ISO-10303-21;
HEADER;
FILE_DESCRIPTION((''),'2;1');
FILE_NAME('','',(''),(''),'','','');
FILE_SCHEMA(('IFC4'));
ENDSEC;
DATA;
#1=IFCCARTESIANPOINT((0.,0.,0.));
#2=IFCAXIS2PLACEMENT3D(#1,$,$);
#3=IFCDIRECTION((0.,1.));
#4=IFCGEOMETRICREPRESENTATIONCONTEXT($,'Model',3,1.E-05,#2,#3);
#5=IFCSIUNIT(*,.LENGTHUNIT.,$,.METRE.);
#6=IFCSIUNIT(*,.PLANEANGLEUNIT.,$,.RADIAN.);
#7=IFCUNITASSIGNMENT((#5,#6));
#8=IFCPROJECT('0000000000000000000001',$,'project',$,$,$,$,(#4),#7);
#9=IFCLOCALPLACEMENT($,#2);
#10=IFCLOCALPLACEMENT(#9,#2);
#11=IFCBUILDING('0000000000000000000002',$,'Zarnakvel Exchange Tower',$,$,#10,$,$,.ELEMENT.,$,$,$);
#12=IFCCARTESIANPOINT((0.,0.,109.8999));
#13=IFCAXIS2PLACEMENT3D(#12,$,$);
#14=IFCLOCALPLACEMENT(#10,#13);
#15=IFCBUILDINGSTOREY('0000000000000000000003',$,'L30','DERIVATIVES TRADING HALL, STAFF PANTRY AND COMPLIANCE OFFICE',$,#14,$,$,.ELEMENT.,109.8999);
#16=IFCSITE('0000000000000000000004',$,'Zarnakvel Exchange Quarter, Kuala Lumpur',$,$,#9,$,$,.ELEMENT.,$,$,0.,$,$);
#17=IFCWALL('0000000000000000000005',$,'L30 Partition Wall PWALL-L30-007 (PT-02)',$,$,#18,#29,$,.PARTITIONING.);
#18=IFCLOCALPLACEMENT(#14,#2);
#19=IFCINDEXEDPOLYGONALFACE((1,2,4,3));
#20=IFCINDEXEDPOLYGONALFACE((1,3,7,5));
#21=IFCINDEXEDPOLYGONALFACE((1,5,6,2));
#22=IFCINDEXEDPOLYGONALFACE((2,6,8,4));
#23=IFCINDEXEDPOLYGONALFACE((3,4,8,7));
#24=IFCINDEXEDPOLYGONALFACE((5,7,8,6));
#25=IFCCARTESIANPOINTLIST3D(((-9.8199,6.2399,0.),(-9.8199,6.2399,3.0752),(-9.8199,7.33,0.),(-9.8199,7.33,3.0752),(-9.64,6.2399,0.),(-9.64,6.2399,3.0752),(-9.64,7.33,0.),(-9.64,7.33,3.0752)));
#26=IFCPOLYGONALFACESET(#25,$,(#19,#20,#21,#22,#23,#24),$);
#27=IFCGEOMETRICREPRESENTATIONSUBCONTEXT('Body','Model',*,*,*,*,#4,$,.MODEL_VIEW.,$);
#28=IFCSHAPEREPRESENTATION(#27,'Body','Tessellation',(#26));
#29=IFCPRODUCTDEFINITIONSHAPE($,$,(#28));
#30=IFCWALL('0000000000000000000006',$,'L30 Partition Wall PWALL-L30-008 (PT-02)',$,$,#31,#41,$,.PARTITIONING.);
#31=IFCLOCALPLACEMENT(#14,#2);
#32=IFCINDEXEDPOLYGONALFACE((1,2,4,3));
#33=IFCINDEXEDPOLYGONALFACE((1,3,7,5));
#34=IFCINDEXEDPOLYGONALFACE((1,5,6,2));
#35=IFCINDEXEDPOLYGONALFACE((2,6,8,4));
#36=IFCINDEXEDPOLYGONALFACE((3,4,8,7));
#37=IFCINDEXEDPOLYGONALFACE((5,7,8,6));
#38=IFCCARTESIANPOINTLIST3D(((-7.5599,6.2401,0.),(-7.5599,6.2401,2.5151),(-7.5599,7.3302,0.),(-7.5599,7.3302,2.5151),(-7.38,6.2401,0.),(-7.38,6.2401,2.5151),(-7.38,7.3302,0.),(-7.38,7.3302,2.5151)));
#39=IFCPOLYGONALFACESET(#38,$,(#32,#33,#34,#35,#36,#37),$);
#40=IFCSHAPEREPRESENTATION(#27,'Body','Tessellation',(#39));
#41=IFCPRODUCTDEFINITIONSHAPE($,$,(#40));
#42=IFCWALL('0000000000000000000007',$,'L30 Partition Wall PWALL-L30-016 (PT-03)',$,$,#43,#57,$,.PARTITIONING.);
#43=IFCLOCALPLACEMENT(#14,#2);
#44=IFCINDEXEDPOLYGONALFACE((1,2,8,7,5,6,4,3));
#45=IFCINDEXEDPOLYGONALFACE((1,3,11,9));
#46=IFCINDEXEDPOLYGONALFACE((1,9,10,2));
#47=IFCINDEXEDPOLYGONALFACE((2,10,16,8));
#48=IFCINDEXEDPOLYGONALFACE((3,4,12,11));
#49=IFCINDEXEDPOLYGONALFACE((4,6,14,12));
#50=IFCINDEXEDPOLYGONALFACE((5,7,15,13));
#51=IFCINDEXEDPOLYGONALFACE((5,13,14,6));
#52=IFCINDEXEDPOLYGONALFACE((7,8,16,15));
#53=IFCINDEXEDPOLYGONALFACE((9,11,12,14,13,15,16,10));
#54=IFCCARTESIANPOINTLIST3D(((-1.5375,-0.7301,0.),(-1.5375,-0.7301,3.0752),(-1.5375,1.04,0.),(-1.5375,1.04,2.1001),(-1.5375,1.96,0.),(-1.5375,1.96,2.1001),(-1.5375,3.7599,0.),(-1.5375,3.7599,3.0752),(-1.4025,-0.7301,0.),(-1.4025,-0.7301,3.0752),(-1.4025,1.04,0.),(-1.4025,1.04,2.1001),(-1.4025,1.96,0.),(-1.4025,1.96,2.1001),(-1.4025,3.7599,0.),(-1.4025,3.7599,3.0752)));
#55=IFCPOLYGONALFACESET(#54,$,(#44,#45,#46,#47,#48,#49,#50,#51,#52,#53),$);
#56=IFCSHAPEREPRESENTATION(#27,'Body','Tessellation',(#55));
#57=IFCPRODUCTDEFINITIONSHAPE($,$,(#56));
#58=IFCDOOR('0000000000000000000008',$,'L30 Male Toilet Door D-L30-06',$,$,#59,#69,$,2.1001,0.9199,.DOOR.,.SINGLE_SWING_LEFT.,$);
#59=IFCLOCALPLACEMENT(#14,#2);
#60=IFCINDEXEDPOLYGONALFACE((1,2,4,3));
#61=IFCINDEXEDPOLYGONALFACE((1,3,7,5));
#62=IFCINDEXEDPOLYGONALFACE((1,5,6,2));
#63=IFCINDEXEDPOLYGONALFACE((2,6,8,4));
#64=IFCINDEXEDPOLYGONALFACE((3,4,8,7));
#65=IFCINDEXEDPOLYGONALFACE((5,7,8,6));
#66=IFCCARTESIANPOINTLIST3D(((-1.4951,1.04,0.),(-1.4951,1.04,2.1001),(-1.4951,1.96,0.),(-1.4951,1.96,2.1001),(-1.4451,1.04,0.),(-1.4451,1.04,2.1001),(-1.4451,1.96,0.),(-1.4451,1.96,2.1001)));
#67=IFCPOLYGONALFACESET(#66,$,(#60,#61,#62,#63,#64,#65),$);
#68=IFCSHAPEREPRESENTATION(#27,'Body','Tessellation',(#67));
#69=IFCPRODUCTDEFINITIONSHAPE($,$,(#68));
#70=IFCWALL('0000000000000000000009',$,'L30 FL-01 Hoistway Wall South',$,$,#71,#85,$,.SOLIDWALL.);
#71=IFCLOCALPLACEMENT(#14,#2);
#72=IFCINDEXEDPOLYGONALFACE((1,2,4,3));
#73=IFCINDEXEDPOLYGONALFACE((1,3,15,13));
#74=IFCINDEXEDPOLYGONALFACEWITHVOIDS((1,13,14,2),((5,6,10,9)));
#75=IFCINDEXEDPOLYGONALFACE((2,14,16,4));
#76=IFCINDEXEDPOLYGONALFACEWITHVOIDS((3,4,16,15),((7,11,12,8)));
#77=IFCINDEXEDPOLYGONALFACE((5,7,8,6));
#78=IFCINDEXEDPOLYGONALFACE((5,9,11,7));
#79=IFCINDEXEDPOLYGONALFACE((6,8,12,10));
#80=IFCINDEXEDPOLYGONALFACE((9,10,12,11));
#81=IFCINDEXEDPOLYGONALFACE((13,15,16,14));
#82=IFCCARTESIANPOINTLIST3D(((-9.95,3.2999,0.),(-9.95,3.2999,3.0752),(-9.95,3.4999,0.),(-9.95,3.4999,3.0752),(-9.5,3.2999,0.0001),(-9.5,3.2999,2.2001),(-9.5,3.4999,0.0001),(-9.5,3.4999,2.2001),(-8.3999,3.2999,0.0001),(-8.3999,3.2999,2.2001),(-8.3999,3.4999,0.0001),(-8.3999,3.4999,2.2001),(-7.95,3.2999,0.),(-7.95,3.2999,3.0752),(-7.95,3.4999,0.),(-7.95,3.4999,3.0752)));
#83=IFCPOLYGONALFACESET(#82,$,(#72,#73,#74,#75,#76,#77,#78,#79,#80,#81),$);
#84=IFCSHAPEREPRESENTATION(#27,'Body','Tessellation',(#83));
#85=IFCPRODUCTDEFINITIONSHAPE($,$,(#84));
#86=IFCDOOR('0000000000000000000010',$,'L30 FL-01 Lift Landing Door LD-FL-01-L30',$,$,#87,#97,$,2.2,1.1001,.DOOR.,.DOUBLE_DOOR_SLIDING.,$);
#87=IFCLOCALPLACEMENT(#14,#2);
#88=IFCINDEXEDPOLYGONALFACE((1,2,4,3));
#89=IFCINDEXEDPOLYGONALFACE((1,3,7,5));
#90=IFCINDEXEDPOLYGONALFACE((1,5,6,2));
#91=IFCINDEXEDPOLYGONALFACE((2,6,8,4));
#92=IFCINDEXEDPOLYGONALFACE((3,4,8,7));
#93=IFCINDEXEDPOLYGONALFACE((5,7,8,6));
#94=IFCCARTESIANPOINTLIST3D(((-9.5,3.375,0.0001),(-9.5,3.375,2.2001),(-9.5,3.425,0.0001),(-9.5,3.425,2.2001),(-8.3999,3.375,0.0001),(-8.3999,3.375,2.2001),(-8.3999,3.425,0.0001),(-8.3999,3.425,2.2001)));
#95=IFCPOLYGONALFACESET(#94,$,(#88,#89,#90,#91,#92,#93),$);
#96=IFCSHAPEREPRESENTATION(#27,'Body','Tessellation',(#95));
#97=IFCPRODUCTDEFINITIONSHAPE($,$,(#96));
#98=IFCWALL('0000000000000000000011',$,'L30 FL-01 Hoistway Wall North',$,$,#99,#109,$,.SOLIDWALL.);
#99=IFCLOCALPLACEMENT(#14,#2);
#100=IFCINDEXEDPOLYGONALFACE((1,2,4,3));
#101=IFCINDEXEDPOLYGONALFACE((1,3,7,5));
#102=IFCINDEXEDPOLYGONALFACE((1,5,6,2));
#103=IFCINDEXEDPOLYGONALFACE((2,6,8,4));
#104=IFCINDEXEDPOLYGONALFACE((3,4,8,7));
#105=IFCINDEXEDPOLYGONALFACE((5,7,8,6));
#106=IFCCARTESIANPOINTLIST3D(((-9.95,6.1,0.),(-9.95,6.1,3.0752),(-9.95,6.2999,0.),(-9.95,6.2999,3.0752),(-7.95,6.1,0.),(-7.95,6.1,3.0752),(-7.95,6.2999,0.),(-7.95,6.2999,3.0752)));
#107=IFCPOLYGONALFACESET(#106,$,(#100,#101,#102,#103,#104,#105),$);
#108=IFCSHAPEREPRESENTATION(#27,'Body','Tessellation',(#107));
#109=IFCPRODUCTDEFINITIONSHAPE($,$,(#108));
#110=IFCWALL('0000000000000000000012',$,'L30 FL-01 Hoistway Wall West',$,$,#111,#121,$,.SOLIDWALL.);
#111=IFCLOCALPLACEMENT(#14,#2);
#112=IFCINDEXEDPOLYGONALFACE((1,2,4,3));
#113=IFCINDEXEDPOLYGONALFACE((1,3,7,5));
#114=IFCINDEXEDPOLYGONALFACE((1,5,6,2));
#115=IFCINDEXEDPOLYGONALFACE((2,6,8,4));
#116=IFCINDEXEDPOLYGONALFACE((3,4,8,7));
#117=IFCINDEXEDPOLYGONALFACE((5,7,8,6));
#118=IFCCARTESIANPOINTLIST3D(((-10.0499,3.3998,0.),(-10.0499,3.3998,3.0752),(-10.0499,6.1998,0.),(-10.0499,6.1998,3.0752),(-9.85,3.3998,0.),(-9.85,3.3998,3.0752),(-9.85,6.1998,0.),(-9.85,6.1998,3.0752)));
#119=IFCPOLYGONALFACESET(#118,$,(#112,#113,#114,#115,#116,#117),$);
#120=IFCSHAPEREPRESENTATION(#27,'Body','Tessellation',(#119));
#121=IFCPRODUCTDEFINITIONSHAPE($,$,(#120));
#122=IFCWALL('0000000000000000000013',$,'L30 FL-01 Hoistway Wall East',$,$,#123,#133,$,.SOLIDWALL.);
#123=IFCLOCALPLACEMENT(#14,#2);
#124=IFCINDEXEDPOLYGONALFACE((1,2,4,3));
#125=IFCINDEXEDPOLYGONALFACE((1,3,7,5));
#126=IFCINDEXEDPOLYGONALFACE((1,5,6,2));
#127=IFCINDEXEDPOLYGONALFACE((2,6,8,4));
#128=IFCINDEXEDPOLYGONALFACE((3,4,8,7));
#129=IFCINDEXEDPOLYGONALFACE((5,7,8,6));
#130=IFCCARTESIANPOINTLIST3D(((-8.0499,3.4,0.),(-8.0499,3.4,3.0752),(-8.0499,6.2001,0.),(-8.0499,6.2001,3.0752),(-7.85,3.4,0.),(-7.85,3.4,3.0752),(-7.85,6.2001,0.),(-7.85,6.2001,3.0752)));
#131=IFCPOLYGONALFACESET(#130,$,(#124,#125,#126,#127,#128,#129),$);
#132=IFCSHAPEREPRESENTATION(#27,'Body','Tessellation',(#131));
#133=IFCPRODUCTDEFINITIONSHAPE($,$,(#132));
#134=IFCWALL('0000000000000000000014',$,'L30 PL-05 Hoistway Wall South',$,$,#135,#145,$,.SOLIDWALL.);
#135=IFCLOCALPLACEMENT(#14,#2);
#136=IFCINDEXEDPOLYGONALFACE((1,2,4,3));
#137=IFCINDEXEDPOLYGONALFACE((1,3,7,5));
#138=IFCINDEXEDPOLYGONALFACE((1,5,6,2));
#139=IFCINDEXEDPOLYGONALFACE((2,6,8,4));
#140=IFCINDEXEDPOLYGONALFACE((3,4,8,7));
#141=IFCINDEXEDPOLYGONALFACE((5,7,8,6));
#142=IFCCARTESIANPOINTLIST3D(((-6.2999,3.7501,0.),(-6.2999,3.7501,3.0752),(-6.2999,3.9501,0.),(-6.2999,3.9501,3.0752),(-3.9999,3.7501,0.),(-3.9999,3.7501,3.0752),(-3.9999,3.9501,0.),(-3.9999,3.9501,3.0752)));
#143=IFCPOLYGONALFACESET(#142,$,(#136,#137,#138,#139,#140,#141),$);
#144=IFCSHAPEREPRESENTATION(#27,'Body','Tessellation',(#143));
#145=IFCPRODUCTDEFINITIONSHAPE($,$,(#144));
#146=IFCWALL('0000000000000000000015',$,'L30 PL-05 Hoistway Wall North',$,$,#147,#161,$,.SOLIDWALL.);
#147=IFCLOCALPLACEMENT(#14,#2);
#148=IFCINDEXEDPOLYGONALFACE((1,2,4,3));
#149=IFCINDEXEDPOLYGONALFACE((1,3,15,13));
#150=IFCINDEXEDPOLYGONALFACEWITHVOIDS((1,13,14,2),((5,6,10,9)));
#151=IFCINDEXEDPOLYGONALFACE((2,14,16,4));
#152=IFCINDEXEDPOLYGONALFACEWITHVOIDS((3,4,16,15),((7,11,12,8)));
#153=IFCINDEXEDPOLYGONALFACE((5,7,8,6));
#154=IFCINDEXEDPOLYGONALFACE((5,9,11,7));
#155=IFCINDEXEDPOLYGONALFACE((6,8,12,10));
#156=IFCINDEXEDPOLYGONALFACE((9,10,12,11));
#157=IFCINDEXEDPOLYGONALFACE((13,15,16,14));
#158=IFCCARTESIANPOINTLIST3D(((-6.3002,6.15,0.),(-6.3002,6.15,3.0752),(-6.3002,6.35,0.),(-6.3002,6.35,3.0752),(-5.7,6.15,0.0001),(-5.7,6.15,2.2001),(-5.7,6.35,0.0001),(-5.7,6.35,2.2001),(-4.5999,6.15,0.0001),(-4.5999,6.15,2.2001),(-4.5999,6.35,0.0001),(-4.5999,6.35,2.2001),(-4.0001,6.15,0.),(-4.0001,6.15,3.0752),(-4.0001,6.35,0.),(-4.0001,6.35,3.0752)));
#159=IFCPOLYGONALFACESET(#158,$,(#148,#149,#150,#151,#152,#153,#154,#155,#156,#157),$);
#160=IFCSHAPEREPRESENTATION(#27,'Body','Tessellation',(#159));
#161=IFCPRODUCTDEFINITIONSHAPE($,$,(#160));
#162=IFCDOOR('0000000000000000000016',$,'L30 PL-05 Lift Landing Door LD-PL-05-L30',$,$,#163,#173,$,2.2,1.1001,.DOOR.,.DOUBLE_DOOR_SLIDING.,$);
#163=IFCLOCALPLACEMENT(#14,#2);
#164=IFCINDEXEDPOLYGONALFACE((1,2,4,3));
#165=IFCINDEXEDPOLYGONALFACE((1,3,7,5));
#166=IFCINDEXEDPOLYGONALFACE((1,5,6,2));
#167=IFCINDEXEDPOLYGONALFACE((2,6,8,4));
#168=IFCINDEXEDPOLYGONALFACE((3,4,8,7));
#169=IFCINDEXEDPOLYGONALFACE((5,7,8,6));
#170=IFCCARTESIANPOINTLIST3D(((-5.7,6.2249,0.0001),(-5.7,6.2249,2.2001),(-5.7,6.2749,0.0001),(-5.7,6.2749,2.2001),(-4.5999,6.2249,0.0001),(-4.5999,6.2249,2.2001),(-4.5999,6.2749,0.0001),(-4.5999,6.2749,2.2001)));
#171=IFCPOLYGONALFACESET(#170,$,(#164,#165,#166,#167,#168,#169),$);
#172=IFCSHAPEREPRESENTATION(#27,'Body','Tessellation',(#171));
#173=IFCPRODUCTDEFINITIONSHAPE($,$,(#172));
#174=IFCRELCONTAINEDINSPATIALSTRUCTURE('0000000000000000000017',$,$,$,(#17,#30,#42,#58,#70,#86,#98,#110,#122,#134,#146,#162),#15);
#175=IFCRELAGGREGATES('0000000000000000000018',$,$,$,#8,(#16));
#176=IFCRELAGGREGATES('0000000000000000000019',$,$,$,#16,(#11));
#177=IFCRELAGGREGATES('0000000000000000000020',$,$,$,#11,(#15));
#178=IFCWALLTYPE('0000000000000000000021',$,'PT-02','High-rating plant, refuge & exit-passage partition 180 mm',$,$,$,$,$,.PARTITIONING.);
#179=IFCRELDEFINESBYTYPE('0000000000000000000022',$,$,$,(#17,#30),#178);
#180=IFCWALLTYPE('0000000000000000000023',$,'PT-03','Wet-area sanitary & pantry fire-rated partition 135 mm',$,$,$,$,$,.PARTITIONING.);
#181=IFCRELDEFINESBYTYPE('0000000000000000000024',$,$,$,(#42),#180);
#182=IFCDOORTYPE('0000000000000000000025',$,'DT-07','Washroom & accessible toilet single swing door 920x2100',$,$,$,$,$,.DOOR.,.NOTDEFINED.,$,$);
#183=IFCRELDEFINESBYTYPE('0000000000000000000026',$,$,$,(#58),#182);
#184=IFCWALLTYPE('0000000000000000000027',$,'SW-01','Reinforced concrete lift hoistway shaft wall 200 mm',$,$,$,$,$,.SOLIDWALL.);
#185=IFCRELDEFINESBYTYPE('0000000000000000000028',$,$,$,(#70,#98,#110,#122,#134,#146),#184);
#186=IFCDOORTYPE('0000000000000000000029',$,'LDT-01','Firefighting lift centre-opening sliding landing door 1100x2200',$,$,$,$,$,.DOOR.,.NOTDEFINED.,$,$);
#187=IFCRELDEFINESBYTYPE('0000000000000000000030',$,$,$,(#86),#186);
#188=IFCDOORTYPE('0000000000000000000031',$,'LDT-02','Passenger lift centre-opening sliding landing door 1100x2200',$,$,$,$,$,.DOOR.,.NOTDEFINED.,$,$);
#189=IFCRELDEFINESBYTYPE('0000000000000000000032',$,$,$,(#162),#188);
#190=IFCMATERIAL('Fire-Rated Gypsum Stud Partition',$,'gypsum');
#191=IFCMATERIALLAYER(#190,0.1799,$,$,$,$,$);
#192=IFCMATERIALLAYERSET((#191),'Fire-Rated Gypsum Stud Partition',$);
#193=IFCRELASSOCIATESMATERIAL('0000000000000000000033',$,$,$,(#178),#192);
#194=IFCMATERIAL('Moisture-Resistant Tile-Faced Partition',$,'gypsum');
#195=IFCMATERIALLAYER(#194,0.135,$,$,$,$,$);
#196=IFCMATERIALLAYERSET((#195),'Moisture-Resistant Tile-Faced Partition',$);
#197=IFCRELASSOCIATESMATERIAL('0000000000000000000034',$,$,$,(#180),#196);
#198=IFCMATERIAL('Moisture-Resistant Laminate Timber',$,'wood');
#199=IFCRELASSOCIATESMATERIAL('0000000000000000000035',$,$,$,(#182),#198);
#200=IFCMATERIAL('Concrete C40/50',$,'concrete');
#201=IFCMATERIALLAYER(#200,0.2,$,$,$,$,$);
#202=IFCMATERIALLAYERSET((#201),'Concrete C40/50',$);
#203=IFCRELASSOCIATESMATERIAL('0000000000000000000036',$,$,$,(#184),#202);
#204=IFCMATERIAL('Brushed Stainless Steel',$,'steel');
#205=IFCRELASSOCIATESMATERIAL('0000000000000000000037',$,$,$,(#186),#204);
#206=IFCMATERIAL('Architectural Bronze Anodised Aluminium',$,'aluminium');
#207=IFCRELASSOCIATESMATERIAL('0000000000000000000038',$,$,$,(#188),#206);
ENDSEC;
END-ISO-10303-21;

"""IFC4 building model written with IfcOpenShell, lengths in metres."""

from ifc_helpers import new_model, si_unit, direction, frame, frame_2d, origin, place, context, subcontext, project, spatial, rectangle, extrude, source, transform, mapped, material, layer, layer_set, type_object, element, fill, save


model = new_model("IFC4")

# Units and contexts
model_context = context("Model", 3, precision=1e-05, world=origin(), true_north=direction((0.0, 1.0)))
body_context = subcontext(model_context, "Body", "Model", "MODEL_VIEW")
ifc_project = project(units=[si_unit("LENGTHUNIT", "METRE"), si_unit("PLANEANGLEUNIT", "RADIAN")], contexts=[model_context])

# Site, building, storey
site_placement = place(None, origin())
site = spatial("IfcSite", under=ifc_project, at=site_placement, Name="Zarnakvel Exchange Quarter, Kuala Lumpur", CompositionType="ELEMENT", RefElevation=0.0)
building_placement = place(site_placement, origin())
building = spatial("IfcBuilding", under=site, at=building_placement, Name="Zarnakvel Exchange Tower", CompositionType="ELEMENT")
storey_placement = place(building_placement, frame((0.0, 0.0, 109.8999)))
storey = spatial("IfcBuildingStorey", under=building, at=storey_placement, Name="L30", Description="DERIVATIVES TRADING HALL, STAFF PANTRY AND COMPLIANCE OFFICE", CompositionType="ELEMENT", Elevation=109.8999)

# Walls
ifc_material_1 = material(Name="Fire-Rated Gypsum Stud Partition", Category="gypsum")
ifc_layer_1 = layer(ifc_material_1, 0.1799)
ifc_layer_set_1 = layer_set([ifc_layer_1], Name="Fire-Rated Gypsum Stud Partition")
wall_type_1 = type_object("IfcWallType", Name="PT-02", Description="High-rating plant, refuge & exit-passage partition 180 mm", PredefinedType="PARTITIONING", material=ifc_layer_set_1)
wall_1_placement = place(storey_placement, frame((-9.73, 6.24, 0.0), z_axis=(0.0, 0.0, 1.0), x_axis=(0.0, 1.0, 0.0)))
element("IfcWall", 1, at=wall_1_placement, inside=storey, type_object=wall_type_1, Name="L30 Partition Wall PWALL-L30-007 (PT-02)", PredefinedType="PARTITIONING", context=body_context, shape_type="SweptSolid", body=[
    extrude(rectangle(XDim=1.0901, YDim=0.1799, at=frame_2d((0.5449, 0.0))), origin(), (0.0, 0.0, 1.0), 3.0752),
])
wall_2_placement = place(storey_placement, frame((-7.47, 7.3301, 0.0), z_axis=(0.0, 0.0, 1.0), x_axis=(0.0, -1.0, 0.0)))
element("IfcWall", 2, at=wall_2_placement, inside=storey, type_object=wall_type_1, Name="L30 Partition Wall PWALL-L30-008 (PT-02)", PredefinedType="PARTITIONING", context=body_context, shape_type="SweptSolid", body=[
    extrude(rectangle(XDim=1.0901, YDim=0.1799, at=frame_2d((0.5449, 0.0))), origin(), (0.0, 0.0, 1.0), 2.5151),
])

# Walls, openings, doors
ifc_material_2 = material(Name="Moisture-Resistant Tile-Faced Partition", Category="gypsum")
ifc_layer_2 = layer(ifc_material_2, 0.135)
ifc_layer_set_2 = layer_set([ifc_layer_2], Name="Moisture-Resistant Tile-Faced Partition")
wall_type_2 = type_object("IfcWallType", Name="PT-03", Description="Wet-area sanitary & pantry fire-rated partition 135 mm", PredefinedType="PARTITIONING", material=ifc_layer_set_2)
wall_3_placement = place(storey_placement, frame((-1.47, 3.76, 0.0), z_axis=(0.0, 0.0, 1.0), x_axis=(0.0, -1.0, 0.0)))
wall_3 = element("IfcWall", 3, at=wall_3_placement, inside=storey, type_object=wall_type_2, Name="L30 Partition Wall PWALL-L30-016 (PT-03)", PredefinedType="PARTITIONING", context=body_context, shape_type="SweptSolid", body=[
    extrude(rectangle(XDim=4.49, YDim=0.135, at=frame_2d((2.2451, 0.0))), origin(), (0.0, 0.0, 1.0), 3.0752),
])
opening_1_placement = place(wall_3_placement, frame((1.8, 0.0, 0.0)))
opening_1 = element("IfcOpeningElement", 4, at=opening_1_placement, cuts=wall_3, PredefinedType="OPENING", context=body_context, shape_type="SweptSolid", body=[
    extrude(rectangle(XDim=0.9199, YDim=2.1001, at=frame_2d((0.46, 1.05))), frame((0.0, 0.0774, 0.0), z_axis=(0.0, -1.0, 0.0), x_axis=(1.0, 0.0, 0.0)), (0.0, 0.0, 1.0), 0.155),
])
ifc_material_3 = material(Name="Moisture-Resistant Laminate Timber", Category="wood")
door_type_1 = type_object("IfcDoorType", Name="DT-07", Description="Washroom & accessible toilet single swing door 920x2100", OperationType="NOTDEFINED", PredefinedType="DOOR", material=ifc_material_3)
shared_shape_1 = source(origin(), body_context, "Body", "SweptSolid", [
    extrude(rectangle(XDim=0.9199, YDim=2.1001, at=frame_2d((0.46, 1.05))), frame((0.0, 0.0249, 0.0), z_axis=(0.0, -1.0, 0.0), x_axis=(1.0, 0.0, 0.0)), (0.0, 0.0, 1.0), 0.05),
])
door_1_placement = place(opening_1_placement, origin())
door_1 = element("IfcDoor", 5, at=door_1_placement, inside=storey, type_object=door_type_1, Name="L30 Male Toilet Door D-L30-06", OperationType="SINGLE_SWING_LEFT", OverallHeight=2.1001, OverallWidth=0.9199, PredefinedType="DOOR", context=body_context, shape_type="MappedRepresentation", body=[
    mapped(shared_shape_1, transform((0.0, 0.0, 0.0), x_axis=(1.0, 0.0, 0.0), y_axis=(0.0, 1.0, 0.0), z_axis=(0.0, 0.0, 1.0), scale=1.0)),
])
fill(opening_1, door_1)
ifc_material_4 = material(Name="Concrete C40/50", Category="concrete")
ifc_layer_3 = layer(ifc_material_4, 0.2)
ifc_layer_set_3 = layer_set([ifc_layer_3], Name="Concrete C40/50")
wall_type_3 = type_object("IfcWallType", Name="SW-01", Description="Reinforced concrete lift hoistway shaft wall 200 mm", PredefinedType="SOLIDWALL", material=ifc_layer_set_3)
wall_4_placement = place(storey_placement, frame((-7.95, 3.3999, 0.0), z_axis=(0.0, 0.0, 1.0), x_axis=(-1.0, 0.0, 0.0)))
wall_4 = element("IfcWall", 6, at=wall_4_placement, inside=storey, type_object=wall_type_3, Name="L30 FL-01 Hoistway Wall South", PredefinedType="SOLIDWALL", context=body_context, shape_type="SweptSolid", body=[
    extrude(rectangle(XDim=2.0, YDim=0.2, at=frame_2d((1.0, 0.0))), origin(), (0.0, 0.0, 1.0), 3.0752),
])
opening_2_placement = place(wall_4_placement, frame((0.45, 0.0, 0.0)))
opening_2 = element("IfcOpeningElement", 7, at=opening_2_placement, cuts=wall_4, PredefinedType="OPENING", context=body_context, shape_type="SweptSolid", body=[
    extrude(rectangle(XDim=1.1001, YDim=2.2, at=frame_2d((0.55, 1.1001))), frame((0.0, 0.1099, 0.0), z_axis=(0.0, -1.0, 0.0), x_axis=(1.0, 0.0, 0.0)), (0.0, 0.0, 1.0), 0.22),
])
ifc_material_5 = material(Name="Brushed Stainless Steel", Category="steel")
door_type_2 = type_object("IfcDoorType", Name="LDT-01", Description="Firefighting lift centre-opening sliding landing door 1100x2200", OperationType="NOTDEFINED", PredefinedType="DOOR", material=ifc_material_5)
shared_shape_2 = source(origin(), body_context, "Body", "SweptSolid", [
    extrude(rectangle(XDim=1.1001, YDim=2.2, at=frame_2d((0.55, 1.1001))), frame((0.0, 0.0249, 0.0), z_axis=(0.0, -1.0, 0.0), x_axis=(1.0, 0.0, 0.0)), (0.0, 0.0, 1.0), 0.05),
])
door_2_placement = place(opening_2_placement, origin())
door_2 = element("IfcDoor", 8, at=door_2_placement, inside=storey, type_object=door_type_2, Name="L30 FL-01 Lift Landing Door LD-FL-01-L30", OperationType="DOUBLE_DOOR_SLIDING", OverallHeight=2.2, OverallWidth=1.1001, PredefinedType="DOOR", context=body_context, shape_type="MappedRepresentation", body=[
    mapped(shared_shape_2, transform((0.0, 0.0, 0.0), x_axis=(1.0, 0.0, 0.0), y_axis=(0.0, 1.0, 0.0), z_axis=(0.0, 0.0, 1.0), scale=1.0)),
])
fill(opening_2, door_2)

# Walls
wall_5_placement = place(storey_placement, frame((-9.95, 6.2, 0.0), z_axis=(0.0, 0.0, 1.0), x_axis=(1.0, 0.0, 0.0)))
element("IfcWall", 9, at=wall_5_placement, inside=storey, type_object=wall_type_3, Name="L30 FL-01 Hoistway Wall North", PredefinedType="SOLIDWALL", context=body_context, shape_type="SweptSolid", body=[
    extrude(rectangle(XDim=2.0, YDim=0.2, at=frame_2d((1.0, 0.0))), origin(), (0.0, 0.0, 1.0), 3.0752),
])
for number, where, z_axis, x_axis, name in (
    (10, (-9.95, 3.3999, 0.0), (0.0, 0.0, 1.0), (0.0, 1.0, 0.0), "L30 FL-01 Hoistway Wall West"),
    (11, (-7.95, 6.2, 0.0), (0.0, 0.0, 1.0), (0.0, -1.0, 0.0), "L30 FL-01 Hoistway Wall East"),
):
    element("IfcWall", number, at=place(storey_placement, frame(where, z_axis=z_axis, x_axis=x_axis)), inside=storey, type_object=wall_type_3, Name=name, PredefinedType="SOLIDWALL", context=body_context, shape_type="SweptSolid", body=[
        extrude(rectangle(XDim=2.8, YDim=0.2, at=frame_2d((1.3999, 0.0))), origin(), (0.0, 0.0, 1.0), 3.0752),
    ])
wall_6_placement = place(storey_placement, frame((-4.0, 3.8501, 0.0), z_axis=(0.0, 0.0, 1.0), x_axis=(-1.0, 0.0, 0.0)))
element("IfcWall", 12, at=wall_6_placement, inside=storey, type_object=wall_type_3, Name="L30 PL-05 Hoistway Wall South", PredefinedType="SOLIDWALL", context=body_context, shape_type="SweptSolid", body=[
    extrude(rectangle(XDim=2.3, YDim=0.2, at=frame_2d((1.1499, 0.0))), origin(), (0.0, 0.0, 1.0), 3.0752),
])

# Wall, opening, door
wall_7_placement = place(storey_placement, frame((-6.3, 6.25, 0.0), z_axis=(0.0, 0.0, 1.0), x_axis=(1.0, 0.0, 0.0)))
wall_7 = element("IfcWall", 13, at=wall_7_placement, inside=storey, type_object=wall_type_3, Name="L30 PL-05 Hoistway Wall North", PredefinedType="SOLIDWALL", context=body_context, shape_type="SweptSolid", body=[
    extrude(rectangle(XDim=2.3, YDim=0.2, at=frame_2d((1.1499, 0.0))), origin(), (0.0, 0.0, 1.0), 3.0752),
])
opening_3_placement = place(wall_7_placement, frame((0.6001, 0.0, 0.0)))
opening_3 = element("IfcOpeningElement", 14, at=opening_3_placement, cuts=wall_7, PredefinedType="OPENING", context=body_context, shape_type="SweptSolid", body=[
    extrude(rectangle(XDim=1.1001, YDim=2.2, at=frame_2d((0.55, 1.1001))), frame((0.0, 0.1099, 0.0), z_axis=(0.0, -1.0, 0.0), x_axis=(1.0, 0.0, 0.0)), (0.0, 0.0, 1.0), 0.22),
])
ifc_material_6 = material(Name="Architectural Bronze Anodised Aluminium", Category="aluminium")
door_type_3 = type_object("IfcDoorType", Name="LDT-02", Description="Passenger lift centre-opening sliding landing door 1100x2200", OperationType="NOTDEFINED", PredefinedType="DOOR", material=ifc_material_6)
door_3_placement = place(opening_3_placement, origin())
door_3 = element("IfcDoor", 15, at=door_3_placement, inside=storey, type_object=door_type_3, Name="L30 PL-05 Lift Landing Door LD-PL-05-L30", OperationType="DOUBLE_DOOR_SLIDING", OverallHeight=2.2, OverallWidth=1.1001, PredefinedType="DOOR", context=body_context, shape_type="MappedRepresentation", body=[
    mapped(shared_shape_2, transform((0.0, 0.0, 0.0), x_axis=(1.0, 0.0, 0.0), y_axis=(0.0, 1.0, 0.0), z_axis=(0.0, 0.0, 1.0), scale=1.0)),
])
fill(opening_3, door_3)

save(model, "model.ifc")
